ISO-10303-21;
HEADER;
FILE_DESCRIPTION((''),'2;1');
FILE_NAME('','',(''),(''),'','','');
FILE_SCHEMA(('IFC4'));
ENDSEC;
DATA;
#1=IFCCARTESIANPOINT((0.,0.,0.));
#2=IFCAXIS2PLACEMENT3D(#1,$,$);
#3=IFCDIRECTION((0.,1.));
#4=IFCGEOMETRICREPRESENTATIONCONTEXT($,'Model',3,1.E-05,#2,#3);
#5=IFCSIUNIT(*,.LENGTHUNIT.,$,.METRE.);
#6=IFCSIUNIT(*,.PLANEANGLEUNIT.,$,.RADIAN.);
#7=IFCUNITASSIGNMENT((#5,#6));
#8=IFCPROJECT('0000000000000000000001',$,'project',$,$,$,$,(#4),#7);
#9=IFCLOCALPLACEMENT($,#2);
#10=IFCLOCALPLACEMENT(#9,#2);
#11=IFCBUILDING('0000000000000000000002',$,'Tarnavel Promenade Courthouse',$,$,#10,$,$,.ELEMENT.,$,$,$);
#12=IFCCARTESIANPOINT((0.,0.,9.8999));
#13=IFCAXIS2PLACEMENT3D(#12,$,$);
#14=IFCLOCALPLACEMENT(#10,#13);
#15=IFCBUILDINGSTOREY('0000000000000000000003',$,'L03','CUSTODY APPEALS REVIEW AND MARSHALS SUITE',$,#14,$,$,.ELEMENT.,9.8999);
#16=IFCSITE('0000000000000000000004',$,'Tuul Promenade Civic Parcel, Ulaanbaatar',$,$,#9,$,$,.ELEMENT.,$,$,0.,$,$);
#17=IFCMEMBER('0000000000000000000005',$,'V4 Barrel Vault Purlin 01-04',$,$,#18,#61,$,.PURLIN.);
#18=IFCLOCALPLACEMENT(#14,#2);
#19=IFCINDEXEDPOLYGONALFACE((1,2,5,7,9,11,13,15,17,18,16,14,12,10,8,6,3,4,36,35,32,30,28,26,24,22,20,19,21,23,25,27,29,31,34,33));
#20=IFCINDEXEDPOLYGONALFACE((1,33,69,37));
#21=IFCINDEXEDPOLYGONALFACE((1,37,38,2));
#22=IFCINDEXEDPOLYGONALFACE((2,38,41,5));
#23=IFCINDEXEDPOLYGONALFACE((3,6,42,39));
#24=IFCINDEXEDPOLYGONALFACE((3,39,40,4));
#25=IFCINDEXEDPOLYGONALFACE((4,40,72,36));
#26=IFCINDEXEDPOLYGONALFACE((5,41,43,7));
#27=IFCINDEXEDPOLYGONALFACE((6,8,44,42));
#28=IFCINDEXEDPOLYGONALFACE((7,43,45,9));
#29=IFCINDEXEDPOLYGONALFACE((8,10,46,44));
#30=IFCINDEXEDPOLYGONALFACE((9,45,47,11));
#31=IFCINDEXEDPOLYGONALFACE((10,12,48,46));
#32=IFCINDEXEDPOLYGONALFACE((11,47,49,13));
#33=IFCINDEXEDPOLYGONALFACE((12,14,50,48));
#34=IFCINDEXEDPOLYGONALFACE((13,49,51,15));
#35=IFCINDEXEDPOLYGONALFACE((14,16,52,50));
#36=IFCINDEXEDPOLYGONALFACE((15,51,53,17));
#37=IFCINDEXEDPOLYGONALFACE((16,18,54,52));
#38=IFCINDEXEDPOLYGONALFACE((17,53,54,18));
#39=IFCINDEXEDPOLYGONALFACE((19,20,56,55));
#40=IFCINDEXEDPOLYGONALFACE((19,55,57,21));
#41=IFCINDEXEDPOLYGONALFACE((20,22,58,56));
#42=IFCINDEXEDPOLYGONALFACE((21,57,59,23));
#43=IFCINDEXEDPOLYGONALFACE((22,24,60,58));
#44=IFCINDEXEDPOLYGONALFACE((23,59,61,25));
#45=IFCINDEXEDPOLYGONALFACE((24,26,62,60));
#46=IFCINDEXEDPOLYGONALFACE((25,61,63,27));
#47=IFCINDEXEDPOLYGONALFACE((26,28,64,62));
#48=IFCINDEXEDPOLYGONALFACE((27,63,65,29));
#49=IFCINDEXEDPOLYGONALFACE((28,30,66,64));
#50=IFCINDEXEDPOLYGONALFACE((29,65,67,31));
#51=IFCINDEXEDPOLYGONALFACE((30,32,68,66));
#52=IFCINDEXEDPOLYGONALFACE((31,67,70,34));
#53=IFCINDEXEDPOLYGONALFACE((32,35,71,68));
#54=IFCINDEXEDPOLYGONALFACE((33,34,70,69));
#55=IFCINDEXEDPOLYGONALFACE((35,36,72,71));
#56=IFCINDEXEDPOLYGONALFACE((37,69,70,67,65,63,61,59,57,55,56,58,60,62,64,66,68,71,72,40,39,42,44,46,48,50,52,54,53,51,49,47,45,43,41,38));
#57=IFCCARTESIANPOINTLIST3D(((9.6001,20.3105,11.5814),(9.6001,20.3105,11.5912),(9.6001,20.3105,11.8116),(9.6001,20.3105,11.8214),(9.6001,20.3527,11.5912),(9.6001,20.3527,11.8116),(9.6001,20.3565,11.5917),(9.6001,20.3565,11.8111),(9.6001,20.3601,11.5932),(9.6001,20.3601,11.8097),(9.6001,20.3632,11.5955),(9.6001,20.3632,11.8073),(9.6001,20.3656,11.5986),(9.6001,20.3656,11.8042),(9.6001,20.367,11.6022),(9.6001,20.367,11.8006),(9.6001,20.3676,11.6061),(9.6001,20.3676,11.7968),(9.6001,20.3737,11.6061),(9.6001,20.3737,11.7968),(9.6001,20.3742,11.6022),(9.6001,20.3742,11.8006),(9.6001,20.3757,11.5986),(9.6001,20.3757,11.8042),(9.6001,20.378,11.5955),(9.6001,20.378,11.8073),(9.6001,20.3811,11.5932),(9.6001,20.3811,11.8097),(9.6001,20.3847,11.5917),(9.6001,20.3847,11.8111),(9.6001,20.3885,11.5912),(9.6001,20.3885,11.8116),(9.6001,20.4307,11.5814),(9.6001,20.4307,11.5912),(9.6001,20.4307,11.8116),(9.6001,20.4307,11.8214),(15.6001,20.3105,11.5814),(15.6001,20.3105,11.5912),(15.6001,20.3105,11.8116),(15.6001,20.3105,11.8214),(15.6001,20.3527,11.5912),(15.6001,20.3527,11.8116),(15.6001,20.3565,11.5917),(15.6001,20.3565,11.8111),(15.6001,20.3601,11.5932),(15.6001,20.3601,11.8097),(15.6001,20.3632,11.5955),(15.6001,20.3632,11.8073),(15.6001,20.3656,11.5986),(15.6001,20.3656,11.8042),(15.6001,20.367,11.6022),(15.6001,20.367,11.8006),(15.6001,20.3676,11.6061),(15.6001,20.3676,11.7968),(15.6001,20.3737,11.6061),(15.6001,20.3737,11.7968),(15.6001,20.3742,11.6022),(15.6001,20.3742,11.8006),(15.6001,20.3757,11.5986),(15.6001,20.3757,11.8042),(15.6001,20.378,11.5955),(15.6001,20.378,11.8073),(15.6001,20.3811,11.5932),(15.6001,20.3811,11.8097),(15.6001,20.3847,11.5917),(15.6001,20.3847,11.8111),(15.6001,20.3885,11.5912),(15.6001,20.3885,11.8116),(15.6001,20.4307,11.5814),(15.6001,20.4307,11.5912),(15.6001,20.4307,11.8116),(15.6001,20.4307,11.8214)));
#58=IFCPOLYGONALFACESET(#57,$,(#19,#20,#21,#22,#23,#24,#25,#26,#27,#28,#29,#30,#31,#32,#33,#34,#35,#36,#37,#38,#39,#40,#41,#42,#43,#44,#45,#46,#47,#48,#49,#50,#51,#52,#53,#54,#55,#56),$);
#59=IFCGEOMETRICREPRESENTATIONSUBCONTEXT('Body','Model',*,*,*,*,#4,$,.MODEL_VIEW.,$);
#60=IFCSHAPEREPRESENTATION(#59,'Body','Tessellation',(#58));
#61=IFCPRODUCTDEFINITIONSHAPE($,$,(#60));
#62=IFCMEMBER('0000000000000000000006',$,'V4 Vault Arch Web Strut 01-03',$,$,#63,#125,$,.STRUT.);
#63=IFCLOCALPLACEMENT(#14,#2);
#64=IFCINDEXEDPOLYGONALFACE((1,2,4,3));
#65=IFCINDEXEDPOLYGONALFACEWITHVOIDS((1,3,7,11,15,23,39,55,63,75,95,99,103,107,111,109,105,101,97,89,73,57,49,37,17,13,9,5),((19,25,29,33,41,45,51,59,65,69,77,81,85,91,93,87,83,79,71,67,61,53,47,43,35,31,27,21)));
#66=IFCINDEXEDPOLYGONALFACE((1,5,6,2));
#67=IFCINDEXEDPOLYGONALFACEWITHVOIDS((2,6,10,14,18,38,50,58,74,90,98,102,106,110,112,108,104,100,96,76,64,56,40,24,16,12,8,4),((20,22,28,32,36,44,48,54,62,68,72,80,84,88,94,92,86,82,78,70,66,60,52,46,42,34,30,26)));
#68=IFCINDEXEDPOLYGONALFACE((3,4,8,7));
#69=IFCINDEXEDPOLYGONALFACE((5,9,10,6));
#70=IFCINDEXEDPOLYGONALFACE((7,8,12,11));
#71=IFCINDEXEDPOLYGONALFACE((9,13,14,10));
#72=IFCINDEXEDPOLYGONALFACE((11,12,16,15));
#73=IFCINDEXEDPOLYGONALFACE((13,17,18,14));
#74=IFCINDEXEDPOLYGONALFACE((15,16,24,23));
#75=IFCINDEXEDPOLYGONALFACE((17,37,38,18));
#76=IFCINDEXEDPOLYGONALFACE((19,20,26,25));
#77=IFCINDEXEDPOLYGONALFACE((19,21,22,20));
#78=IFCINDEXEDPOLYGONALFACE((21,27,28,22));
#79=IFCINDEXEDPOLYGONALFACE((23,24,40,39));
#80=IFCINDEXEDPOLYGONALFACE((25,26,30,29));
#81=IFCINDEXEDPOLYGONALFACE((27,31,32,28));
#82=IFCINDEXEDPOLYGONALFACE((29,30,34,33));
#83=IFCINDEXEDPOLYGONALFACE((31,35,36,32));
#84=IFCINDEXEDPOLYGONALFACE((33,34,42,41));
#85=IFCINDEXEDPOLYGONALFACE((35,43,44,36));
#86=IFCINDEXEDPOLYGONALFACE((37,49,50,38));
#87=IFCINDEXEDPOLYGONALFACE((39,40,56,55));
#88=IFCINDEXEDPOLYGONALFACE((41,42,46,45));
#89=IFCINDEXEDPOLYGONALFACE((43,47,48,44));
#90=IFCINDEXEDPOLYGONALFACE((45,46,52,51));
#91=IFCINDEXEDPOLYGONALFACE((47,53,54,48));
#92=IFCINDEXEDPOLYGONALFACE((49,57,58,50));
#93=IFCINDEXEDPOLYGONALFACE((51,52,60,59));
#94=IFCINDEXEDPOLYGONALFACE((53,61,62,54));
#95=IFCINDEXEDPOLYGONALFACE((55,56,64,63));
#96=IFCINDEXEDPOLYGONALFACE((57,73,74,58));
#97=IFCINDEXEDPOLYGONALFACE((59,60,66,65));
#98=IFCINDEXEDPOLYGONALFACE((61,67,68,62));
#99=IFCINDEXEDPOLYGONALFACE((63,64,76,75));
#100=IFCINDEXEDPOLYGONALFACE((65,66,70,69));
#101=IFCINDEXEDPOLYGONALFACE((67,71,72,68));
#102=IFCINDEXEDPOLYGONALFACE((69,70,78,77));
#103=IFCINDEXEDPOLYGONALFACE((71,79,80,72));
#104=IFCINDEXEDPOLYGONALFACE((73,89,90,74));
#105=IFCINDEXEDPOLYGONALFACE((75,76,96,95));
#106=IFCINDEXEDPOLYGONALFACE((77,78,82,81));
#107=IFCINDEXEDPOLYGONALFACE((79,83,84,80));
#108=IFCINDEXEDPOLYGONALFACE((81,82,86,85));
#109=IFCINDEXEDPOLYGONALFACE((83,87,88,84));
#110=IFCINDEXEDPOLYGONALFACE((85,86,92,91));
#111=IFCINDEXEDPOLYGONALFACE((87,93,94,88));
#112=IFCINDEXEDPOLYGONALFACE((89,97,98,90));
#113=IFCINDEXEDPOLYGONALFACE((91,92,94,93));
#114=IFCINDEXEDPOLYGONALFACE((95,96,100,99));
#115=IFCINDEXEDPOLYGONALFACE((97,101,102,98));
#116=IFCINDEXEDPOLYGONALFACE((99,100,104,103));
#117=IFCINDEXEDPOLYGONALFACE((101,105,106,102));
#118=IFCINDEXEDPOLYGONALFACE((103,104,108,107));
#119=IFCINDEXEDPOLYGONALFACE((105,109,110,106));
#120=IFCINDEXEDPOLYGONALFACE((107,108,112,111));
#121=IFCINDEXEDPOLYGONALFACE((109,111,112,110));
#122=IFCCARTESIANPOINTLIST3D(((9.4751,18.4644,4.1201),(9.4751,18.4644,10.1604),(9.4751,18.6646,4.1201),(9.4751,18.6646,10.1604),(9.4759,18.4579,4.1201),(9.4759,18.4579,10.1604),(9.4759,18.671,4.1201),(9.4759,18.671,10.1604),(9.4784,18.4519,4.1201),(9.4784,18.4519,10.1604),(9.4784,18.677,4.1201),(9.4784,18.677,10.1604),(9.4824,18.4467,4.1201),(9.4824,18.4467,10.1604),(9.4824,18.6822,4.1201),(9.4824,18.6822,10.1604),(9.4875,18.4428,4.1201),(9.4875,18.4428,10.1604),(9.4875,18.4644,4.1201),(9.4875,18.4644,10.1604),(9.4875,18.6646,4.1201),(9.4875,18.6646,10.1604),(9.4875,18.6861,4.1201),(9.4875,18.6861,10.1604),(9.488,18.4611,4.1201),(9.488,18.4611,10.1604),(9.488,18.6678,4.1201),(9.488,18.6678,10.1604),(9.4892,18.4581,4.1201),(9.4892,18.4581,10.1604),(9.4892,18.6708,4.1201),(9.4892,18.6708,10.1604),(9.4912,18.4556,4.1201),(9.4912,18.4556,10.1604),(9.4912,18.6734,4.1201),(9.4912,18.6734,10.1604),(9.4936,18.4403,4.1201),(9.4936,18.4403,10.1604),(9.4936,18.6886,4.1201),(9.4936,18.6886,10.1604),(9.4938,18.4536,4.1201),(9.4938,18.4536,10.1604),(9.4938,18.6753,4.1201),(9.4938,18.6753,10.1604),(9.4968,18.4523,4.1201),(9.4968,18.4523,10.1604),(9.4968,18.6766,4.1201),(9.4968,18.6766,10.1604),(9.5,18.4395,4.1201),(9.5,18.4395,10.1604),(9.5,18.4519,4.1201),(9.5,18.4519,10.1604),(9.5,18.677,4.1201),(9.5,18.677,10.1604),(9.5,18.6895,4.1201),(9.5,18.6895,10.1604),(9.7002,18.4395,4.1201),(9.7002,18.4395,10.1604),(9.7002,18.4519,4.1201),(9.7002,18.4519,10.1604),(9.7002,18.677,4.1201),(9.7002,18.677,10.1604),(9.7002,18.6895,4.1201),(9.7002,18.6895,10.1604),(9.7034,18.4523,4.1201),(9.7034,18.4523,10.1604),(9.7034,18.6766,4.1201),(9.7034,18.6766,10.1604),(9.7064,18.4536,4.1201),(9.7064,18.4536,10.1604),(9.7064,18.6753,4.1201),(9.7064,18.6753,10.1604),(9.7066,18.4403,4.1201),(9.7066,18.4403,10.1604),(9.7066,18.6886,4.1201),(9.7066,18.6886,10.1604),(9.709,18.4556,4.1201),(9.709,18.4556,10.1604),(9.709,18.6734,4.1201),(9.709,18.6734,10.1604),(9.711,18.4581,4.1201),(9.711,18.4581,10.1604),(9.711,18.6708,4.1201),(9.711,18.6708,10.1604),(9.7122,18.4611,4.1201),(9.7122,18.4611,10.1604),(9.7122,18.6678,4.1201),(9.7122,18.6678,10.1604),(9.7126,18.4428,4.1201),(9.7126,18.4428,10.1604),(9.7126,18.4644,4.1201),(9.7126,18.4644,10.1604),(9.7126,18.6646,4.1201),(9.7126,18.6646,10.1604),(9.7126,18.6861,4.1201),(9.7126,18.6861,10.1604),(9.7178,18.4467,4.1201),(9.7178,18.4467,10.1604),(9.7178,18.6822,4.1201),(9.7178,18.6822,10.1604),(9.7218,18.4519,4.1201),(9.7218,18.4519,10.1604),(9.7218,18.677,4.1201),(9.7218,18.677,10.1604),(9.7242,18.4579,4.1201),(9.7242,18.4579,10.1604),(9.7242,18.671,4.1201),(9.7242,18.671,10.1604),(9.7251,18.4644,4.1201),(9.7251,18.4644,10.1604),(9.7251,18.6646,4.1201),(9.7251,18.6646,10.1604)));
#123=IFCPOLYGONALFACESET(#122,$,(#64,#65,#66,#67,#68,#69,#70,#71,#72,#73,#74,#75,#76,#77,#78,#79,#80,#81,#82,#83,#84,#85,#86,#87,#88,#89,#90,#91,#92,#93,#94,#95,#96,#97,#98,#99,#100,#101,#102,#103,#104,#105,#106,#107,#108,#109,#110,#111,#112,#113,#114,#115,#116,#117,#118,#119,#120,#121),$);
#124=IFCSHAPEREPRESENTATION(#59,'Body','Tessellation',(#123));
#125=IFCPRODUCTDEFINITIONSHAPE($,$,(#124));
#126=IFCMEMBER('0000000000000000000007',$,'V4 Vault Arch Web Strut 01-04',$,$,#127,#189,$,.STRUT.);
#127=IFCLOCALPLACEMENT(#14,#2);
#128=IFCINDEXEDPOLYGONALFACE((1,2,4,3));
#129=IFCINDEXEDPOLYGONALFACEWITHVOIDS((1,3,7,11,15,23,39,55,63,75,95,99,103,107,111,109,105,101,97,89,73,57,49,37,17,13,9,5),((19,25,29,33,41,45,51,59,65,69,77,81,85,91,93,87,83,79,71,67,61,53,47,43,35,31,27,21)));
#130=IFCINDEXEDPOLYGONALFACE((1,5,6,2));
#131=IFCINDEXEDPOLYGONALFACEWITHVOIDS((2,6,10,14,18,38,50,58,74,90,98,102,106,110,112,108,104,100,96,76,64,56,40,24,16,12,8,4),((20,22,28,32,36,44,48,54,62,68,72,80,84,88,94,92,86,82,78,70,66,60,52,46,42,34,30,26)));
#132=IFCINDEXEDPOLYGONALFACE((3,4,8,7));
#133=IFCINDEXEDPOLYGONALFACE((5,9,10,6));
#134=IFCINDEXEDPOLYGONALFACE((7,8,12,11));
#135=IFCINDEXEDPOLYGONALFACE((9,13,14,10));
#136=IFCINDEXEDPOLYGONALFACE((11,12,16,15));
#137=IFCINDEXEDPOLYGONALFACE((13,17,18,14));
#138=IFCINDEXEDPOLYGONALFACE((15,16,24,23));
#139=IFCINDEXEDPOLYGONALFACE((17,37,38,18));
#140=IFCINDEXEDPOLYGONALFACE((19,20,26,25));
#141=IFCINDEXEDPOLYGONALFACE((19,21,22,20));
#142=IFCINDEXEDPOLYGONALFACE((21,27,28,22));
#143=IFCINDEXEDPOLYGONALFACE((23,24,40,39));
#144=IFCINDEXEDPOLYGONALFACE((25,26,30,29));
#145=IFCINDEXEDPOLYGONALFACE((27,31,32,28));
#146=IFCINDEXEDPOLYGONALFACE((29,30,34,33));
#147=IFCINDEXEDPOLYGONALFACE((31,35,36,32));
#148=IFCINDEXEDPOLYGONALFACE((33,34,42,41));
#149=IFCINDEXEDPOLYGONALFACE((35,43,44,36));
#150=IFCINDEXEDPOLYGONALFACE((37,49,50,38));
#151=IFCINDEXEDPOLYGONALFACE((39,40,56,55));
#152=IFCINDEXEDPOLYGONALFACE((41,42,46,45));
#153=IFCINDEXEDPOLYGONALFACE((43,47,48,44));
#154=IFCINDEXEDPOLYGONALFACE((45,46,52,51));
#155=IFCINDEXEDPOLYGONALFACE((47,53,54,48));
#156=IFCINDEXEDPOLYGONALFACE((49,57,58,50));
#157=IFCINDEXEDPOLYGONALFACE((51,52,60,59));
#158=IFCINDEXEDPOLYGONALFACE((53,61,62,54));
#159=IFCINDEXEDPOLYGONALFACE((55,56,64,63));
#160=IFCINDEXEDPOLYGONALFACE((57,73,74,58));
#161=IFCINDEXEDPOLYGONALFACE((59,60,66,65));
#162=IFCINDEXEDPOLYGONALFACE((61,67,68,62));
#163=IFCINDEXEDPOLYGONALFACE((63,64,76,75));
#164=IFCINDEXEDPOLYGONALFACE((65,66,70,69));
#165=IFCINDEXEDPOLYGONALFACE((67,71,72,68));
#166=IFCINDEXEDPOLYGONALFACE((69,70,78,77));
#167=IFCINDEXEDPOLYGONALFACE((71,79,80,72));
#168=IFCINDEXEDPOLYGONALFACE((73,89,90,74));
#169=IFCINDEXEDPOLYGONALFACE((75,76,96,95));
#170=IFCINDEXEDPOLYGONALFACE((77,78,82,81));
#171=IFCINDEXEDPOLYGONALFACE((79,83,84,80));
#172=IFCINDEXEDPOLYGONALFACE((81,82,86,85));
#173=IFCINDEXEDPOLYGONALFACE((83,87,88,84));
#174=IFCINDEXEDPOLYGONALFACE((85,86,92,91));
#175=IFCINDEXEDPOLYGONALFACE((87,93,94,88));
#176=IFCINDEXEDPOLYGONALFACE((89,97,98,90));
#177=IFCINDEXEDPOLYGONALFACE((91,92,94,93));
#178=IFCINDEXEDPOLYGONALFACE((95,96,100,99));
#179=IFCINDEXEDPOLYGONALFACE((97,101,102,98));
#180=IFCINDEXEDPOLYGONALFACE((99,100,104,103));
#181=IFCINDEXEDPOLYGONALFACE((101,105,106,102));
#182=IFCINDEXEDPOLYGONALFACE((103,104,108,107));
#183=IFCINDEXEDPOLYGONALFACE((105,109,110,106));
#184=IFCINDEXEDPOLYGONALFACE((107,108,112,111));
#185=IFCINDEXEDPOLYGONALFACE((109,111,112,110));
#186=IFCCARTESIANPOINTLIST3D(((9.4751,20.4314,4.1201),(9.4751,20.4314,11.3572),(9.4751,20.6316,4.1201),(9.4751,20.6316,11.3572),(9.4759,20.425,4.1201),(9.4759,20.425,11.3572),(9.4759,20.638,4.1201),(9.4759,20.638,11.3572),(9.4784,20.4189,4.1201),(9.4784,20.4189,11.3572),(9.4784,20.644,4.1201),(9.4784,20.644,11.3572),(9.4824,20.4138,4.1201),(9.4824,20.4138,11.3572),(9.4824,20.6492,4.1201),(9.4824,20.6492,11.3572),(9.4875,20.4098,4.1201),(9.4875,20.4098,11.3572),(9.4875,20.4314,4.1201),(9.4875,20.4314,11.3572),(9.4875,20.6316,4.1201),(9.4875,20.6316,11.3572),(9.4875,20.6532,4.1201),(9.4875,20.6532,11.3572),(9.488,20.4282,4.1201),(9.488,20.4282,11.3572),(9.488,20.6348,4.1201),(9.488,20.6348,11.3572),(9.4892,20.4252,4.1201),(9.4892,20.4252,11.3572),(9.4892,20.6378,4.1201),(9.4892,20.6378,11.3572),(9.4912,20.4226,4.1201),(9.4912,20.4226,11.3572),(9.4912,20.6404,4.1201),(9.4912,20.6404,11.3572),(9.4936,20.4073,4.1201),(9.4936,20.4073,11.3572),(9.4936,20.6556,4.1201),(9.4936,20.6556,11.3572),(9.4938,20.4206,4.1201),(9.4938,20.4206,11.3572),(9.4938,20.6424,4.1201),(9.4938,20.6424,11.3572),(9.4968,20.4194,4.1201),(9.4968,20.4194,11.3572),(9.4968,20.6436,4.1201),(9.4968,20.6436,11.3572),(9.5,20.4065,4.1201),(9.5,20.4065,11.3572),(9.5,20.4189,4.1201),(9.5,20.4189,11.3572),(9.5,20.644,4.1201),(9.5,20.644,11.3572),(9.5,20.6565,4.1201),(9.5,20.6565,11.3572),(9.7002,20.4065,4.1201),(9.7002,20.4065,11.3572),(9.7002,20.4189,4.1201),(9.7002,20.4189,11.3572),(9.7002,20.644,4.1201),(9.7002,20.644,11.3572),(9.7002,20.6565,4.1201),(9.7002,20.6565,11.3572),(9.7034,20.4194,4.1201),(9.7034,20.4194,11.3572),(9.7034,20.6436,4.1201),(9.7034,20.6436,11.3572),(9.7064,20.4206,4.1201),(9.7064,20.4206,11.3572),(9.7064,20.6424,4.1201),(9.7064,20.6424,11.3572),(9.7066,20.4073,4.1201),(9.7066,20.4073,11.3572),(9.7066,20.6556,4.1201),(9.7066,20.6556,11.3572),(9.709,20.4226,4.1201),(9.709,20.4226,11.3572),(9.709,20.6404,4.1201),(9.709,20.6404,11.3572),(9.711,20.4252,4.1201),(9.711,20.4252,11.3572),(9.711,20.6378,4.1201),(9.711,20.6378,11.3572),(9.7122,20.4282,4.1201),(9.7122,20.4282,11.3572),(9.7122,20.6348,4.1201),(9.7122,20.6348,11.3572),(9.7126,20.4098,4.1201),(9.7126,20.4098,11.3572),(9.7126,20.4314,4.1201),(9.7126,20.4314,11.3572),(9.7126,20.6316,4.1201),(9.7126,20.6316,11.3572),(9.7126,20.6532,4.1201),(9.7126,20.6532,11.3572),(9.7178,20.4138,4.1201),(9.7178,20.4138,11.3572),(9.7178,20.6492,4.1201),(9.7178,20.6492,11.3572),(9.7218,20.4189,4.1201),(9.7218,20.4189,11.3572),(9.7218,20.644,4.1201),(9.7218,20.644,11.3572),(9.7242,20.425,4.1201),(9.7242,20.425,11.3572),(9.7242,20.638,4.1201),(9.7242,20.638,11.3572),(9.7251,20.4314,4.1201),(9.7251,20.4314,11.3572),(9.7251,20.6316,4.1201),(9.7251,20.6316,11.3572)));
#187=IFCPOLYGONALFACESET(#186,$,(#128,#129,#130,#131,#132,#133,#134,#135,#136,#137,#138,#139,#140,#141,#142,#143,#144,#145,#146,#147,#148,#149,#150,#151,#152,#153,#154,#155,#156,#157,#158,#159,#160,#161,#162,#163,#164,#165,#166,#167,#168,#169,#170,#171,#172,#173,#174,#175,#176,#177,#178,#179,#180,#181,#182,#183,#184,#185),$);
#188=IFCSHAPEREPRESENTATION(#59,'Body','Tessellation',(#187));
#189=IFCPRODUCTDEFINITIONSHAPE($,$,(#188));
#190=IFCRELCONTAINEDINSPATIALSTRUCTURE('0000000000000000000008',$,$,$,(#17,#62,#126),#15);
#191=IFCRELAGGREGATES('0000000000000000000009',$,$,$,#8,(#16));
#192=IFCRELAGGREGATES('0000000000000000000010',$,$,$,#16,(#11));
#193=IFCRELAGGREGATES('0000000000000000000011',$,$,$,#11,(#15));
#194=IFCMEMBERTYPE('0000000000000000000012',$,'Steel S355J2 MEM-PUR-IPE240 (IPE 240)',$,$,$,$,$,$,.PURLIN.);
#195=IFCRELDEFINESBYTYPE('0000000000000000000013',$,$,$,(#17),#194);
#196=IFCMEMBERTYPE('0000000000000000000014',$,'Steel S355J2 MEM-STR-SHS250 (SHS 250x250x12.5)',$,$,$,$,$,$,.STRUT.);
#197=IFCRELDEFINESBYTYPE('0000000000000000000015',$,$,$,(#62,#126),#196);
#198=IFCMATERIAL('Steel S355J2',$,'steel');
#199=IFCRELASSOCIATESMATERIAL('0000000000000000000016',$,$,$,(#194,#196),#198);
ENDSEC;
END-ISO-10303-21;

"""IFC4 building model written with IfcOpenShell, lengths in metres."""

from ifc_helpers import new_model, si_unit, direction, frame, origin, origin_2d, place, context, subcontext, project, spatial, hollow_rectangle, i_section, extrude, material, material_profile, profile_set, type_object, element, save


model = new_model("IFC4")

# Units and contexts
model_context = context("Model", 3, precision=1e-05, world=origin(), true_north=direction((0.0, 1.0)))
body_context = subcontext(model_context, "Body", "Model", "MODEL_VIEW")
ifc_project = project(units=[si_unit("LENGTHUNIT", "METRE"), si_unit("PLANEANGLEUNIT", "RADIAN")], contexts=[model_context])

# Site, building, storey
site_placement = place(None, origin())
site = spatial("IfcSite", under=ifc_project, at=site_placement, Name="Tuul Promenade Civic Parcel, Ulaanbaatar", CompositionType="ELEMENT", RefElevation=0.0)
building_placement = place(site_placement, origin())
building = spatial("IfcBuilding", under=site, at=building_placement, Name="Tarnavel Promenade Courthouse", CompositionType="ELEMENT")
storey_placement = place(building_placement, frame((0.0, 0.0, 9.8999)))
storey = spatial("IfcBuildingStorey", under=building, at=storey_placement, Name="L03", Description="CUSTODY APPEALS REVIEW AND MARSHALS SUITE", CompositionType="ELEMENT", Elevation=9.8999)

# Shared definitions
ifc_material_1 = material(Name="Steel S355J2", Category="steel")

# Members
ifc_material_profile_1 = material_profile(ifc_material_1, i_section(OverallWidth=0.1201, OverallDepth=0.24, WebThickness=0.0061, FlangeThickness=0.0098, FilletRadius=0.0149, at=origin_2d()), Name="IPE 240")
ifc_profile_set_1 = profile_set([ifc_material_profile_1], Name="Steel S355J2")
member_type_1 = type_object("IfcMemberType", Name="Steel S355J2 MEM-PUR-IPE240 (IPE 240)", PredefinedType="PURLIN", material=ifc_profile_set_1)
for number, where, z_axis, x_axis, name in (
    (1, (9.6001, 20.3706, 11.7014), (1.0, 0.0, 0.0), (0.0, 1.0, 0.0), "V4 Barrel Vault Purlin 01-04"),
):
    element("IfcMember", number, at=place(storey_placement, frame(where, z_axis=z_axis, x_axis=x_axis)), inside=storey, type_object=member_type_1, Name=name, PredefinedType="PURLIN", context=body_context, shape_type="SweptSolid", body=[
        extrude(i_section(OverallWidth=0.1201, OverallDepth=0.24, WebThickness=0.0061, FlangeThickness=0.0098, FilletRadius=0.0149, at=origin_2d()), origin(), (0.0, 0.0, 1.0), 6.0),
    ])
ifc_material_profile_2 = material_profile(ifc_material_1, hollow_rectangle(XDim=0.25, YDim=0.25, WallThickness=0.0125, InnerFilletRadius=0.0125, OuterFilletRadius=0.0249, at=origin_2d()), Name="SHS 250x250x12.5")
ifc_profile_set_2 = profile_set([ifc_material_profile_2], Name="Steel S355J2")
member_type_2 = type_object("IfcMemberType", Name="Steel S355J2 MEM-STR-SHS250 (SHS 250x250x12.5)", PredefinedType="STRUT", material=ifc_profile_set_2)
member_1_placement = place(storey_placement, frame((9.6001, 18.5645, 4.1201), z_axis=(0.0, 0.0, 1.0), x_axis=(1.0, 0.0, 0.0)))
element("IfcMember", 2, at=member_1_placement, inside=storey, type_object=member_type_2, Name="V4 Vault Arch Web Strut 01-03", PredefinedType="STRUT", context=body_context, shape_type="SweptSolid", body=[
    extrude(hollow_rectangle(XDim=0.25, YDim=0.25, WallThickness=0.0125, InnerFilletRadius=0.0125, OuterFilletRadius=0.0249, at=origin_2d()), origin(), (0.0, 0.0, 1.0), 6.0403),
])
member_2_placement = place(storey_placement, frame((9.6001, 20.5315, 4.1201), z_axis=(0.0, 0.0, 1.0), x_axis=(1.0, 0.0, 0.0)))
element("IfcMember", 3, at=member_2_placement, inside=storey, type_object=member_type_2, Name="V4 Vault Arch Web Strut 01-04", PredefinedType="STRUT", context=body_context, shape_type="SweptSolid", body=[
    extrude(hollow_rectangle(XDim=0.25, YDim=0.25, WallThickness=0.0125, InnerFilletRadius=0.0125, OuterFilletRadius=0.0249, at=origin_2d()), origin(), (0.0, 0.0, 1.0), 7.2371),
])

save(model, "model.ifc")
